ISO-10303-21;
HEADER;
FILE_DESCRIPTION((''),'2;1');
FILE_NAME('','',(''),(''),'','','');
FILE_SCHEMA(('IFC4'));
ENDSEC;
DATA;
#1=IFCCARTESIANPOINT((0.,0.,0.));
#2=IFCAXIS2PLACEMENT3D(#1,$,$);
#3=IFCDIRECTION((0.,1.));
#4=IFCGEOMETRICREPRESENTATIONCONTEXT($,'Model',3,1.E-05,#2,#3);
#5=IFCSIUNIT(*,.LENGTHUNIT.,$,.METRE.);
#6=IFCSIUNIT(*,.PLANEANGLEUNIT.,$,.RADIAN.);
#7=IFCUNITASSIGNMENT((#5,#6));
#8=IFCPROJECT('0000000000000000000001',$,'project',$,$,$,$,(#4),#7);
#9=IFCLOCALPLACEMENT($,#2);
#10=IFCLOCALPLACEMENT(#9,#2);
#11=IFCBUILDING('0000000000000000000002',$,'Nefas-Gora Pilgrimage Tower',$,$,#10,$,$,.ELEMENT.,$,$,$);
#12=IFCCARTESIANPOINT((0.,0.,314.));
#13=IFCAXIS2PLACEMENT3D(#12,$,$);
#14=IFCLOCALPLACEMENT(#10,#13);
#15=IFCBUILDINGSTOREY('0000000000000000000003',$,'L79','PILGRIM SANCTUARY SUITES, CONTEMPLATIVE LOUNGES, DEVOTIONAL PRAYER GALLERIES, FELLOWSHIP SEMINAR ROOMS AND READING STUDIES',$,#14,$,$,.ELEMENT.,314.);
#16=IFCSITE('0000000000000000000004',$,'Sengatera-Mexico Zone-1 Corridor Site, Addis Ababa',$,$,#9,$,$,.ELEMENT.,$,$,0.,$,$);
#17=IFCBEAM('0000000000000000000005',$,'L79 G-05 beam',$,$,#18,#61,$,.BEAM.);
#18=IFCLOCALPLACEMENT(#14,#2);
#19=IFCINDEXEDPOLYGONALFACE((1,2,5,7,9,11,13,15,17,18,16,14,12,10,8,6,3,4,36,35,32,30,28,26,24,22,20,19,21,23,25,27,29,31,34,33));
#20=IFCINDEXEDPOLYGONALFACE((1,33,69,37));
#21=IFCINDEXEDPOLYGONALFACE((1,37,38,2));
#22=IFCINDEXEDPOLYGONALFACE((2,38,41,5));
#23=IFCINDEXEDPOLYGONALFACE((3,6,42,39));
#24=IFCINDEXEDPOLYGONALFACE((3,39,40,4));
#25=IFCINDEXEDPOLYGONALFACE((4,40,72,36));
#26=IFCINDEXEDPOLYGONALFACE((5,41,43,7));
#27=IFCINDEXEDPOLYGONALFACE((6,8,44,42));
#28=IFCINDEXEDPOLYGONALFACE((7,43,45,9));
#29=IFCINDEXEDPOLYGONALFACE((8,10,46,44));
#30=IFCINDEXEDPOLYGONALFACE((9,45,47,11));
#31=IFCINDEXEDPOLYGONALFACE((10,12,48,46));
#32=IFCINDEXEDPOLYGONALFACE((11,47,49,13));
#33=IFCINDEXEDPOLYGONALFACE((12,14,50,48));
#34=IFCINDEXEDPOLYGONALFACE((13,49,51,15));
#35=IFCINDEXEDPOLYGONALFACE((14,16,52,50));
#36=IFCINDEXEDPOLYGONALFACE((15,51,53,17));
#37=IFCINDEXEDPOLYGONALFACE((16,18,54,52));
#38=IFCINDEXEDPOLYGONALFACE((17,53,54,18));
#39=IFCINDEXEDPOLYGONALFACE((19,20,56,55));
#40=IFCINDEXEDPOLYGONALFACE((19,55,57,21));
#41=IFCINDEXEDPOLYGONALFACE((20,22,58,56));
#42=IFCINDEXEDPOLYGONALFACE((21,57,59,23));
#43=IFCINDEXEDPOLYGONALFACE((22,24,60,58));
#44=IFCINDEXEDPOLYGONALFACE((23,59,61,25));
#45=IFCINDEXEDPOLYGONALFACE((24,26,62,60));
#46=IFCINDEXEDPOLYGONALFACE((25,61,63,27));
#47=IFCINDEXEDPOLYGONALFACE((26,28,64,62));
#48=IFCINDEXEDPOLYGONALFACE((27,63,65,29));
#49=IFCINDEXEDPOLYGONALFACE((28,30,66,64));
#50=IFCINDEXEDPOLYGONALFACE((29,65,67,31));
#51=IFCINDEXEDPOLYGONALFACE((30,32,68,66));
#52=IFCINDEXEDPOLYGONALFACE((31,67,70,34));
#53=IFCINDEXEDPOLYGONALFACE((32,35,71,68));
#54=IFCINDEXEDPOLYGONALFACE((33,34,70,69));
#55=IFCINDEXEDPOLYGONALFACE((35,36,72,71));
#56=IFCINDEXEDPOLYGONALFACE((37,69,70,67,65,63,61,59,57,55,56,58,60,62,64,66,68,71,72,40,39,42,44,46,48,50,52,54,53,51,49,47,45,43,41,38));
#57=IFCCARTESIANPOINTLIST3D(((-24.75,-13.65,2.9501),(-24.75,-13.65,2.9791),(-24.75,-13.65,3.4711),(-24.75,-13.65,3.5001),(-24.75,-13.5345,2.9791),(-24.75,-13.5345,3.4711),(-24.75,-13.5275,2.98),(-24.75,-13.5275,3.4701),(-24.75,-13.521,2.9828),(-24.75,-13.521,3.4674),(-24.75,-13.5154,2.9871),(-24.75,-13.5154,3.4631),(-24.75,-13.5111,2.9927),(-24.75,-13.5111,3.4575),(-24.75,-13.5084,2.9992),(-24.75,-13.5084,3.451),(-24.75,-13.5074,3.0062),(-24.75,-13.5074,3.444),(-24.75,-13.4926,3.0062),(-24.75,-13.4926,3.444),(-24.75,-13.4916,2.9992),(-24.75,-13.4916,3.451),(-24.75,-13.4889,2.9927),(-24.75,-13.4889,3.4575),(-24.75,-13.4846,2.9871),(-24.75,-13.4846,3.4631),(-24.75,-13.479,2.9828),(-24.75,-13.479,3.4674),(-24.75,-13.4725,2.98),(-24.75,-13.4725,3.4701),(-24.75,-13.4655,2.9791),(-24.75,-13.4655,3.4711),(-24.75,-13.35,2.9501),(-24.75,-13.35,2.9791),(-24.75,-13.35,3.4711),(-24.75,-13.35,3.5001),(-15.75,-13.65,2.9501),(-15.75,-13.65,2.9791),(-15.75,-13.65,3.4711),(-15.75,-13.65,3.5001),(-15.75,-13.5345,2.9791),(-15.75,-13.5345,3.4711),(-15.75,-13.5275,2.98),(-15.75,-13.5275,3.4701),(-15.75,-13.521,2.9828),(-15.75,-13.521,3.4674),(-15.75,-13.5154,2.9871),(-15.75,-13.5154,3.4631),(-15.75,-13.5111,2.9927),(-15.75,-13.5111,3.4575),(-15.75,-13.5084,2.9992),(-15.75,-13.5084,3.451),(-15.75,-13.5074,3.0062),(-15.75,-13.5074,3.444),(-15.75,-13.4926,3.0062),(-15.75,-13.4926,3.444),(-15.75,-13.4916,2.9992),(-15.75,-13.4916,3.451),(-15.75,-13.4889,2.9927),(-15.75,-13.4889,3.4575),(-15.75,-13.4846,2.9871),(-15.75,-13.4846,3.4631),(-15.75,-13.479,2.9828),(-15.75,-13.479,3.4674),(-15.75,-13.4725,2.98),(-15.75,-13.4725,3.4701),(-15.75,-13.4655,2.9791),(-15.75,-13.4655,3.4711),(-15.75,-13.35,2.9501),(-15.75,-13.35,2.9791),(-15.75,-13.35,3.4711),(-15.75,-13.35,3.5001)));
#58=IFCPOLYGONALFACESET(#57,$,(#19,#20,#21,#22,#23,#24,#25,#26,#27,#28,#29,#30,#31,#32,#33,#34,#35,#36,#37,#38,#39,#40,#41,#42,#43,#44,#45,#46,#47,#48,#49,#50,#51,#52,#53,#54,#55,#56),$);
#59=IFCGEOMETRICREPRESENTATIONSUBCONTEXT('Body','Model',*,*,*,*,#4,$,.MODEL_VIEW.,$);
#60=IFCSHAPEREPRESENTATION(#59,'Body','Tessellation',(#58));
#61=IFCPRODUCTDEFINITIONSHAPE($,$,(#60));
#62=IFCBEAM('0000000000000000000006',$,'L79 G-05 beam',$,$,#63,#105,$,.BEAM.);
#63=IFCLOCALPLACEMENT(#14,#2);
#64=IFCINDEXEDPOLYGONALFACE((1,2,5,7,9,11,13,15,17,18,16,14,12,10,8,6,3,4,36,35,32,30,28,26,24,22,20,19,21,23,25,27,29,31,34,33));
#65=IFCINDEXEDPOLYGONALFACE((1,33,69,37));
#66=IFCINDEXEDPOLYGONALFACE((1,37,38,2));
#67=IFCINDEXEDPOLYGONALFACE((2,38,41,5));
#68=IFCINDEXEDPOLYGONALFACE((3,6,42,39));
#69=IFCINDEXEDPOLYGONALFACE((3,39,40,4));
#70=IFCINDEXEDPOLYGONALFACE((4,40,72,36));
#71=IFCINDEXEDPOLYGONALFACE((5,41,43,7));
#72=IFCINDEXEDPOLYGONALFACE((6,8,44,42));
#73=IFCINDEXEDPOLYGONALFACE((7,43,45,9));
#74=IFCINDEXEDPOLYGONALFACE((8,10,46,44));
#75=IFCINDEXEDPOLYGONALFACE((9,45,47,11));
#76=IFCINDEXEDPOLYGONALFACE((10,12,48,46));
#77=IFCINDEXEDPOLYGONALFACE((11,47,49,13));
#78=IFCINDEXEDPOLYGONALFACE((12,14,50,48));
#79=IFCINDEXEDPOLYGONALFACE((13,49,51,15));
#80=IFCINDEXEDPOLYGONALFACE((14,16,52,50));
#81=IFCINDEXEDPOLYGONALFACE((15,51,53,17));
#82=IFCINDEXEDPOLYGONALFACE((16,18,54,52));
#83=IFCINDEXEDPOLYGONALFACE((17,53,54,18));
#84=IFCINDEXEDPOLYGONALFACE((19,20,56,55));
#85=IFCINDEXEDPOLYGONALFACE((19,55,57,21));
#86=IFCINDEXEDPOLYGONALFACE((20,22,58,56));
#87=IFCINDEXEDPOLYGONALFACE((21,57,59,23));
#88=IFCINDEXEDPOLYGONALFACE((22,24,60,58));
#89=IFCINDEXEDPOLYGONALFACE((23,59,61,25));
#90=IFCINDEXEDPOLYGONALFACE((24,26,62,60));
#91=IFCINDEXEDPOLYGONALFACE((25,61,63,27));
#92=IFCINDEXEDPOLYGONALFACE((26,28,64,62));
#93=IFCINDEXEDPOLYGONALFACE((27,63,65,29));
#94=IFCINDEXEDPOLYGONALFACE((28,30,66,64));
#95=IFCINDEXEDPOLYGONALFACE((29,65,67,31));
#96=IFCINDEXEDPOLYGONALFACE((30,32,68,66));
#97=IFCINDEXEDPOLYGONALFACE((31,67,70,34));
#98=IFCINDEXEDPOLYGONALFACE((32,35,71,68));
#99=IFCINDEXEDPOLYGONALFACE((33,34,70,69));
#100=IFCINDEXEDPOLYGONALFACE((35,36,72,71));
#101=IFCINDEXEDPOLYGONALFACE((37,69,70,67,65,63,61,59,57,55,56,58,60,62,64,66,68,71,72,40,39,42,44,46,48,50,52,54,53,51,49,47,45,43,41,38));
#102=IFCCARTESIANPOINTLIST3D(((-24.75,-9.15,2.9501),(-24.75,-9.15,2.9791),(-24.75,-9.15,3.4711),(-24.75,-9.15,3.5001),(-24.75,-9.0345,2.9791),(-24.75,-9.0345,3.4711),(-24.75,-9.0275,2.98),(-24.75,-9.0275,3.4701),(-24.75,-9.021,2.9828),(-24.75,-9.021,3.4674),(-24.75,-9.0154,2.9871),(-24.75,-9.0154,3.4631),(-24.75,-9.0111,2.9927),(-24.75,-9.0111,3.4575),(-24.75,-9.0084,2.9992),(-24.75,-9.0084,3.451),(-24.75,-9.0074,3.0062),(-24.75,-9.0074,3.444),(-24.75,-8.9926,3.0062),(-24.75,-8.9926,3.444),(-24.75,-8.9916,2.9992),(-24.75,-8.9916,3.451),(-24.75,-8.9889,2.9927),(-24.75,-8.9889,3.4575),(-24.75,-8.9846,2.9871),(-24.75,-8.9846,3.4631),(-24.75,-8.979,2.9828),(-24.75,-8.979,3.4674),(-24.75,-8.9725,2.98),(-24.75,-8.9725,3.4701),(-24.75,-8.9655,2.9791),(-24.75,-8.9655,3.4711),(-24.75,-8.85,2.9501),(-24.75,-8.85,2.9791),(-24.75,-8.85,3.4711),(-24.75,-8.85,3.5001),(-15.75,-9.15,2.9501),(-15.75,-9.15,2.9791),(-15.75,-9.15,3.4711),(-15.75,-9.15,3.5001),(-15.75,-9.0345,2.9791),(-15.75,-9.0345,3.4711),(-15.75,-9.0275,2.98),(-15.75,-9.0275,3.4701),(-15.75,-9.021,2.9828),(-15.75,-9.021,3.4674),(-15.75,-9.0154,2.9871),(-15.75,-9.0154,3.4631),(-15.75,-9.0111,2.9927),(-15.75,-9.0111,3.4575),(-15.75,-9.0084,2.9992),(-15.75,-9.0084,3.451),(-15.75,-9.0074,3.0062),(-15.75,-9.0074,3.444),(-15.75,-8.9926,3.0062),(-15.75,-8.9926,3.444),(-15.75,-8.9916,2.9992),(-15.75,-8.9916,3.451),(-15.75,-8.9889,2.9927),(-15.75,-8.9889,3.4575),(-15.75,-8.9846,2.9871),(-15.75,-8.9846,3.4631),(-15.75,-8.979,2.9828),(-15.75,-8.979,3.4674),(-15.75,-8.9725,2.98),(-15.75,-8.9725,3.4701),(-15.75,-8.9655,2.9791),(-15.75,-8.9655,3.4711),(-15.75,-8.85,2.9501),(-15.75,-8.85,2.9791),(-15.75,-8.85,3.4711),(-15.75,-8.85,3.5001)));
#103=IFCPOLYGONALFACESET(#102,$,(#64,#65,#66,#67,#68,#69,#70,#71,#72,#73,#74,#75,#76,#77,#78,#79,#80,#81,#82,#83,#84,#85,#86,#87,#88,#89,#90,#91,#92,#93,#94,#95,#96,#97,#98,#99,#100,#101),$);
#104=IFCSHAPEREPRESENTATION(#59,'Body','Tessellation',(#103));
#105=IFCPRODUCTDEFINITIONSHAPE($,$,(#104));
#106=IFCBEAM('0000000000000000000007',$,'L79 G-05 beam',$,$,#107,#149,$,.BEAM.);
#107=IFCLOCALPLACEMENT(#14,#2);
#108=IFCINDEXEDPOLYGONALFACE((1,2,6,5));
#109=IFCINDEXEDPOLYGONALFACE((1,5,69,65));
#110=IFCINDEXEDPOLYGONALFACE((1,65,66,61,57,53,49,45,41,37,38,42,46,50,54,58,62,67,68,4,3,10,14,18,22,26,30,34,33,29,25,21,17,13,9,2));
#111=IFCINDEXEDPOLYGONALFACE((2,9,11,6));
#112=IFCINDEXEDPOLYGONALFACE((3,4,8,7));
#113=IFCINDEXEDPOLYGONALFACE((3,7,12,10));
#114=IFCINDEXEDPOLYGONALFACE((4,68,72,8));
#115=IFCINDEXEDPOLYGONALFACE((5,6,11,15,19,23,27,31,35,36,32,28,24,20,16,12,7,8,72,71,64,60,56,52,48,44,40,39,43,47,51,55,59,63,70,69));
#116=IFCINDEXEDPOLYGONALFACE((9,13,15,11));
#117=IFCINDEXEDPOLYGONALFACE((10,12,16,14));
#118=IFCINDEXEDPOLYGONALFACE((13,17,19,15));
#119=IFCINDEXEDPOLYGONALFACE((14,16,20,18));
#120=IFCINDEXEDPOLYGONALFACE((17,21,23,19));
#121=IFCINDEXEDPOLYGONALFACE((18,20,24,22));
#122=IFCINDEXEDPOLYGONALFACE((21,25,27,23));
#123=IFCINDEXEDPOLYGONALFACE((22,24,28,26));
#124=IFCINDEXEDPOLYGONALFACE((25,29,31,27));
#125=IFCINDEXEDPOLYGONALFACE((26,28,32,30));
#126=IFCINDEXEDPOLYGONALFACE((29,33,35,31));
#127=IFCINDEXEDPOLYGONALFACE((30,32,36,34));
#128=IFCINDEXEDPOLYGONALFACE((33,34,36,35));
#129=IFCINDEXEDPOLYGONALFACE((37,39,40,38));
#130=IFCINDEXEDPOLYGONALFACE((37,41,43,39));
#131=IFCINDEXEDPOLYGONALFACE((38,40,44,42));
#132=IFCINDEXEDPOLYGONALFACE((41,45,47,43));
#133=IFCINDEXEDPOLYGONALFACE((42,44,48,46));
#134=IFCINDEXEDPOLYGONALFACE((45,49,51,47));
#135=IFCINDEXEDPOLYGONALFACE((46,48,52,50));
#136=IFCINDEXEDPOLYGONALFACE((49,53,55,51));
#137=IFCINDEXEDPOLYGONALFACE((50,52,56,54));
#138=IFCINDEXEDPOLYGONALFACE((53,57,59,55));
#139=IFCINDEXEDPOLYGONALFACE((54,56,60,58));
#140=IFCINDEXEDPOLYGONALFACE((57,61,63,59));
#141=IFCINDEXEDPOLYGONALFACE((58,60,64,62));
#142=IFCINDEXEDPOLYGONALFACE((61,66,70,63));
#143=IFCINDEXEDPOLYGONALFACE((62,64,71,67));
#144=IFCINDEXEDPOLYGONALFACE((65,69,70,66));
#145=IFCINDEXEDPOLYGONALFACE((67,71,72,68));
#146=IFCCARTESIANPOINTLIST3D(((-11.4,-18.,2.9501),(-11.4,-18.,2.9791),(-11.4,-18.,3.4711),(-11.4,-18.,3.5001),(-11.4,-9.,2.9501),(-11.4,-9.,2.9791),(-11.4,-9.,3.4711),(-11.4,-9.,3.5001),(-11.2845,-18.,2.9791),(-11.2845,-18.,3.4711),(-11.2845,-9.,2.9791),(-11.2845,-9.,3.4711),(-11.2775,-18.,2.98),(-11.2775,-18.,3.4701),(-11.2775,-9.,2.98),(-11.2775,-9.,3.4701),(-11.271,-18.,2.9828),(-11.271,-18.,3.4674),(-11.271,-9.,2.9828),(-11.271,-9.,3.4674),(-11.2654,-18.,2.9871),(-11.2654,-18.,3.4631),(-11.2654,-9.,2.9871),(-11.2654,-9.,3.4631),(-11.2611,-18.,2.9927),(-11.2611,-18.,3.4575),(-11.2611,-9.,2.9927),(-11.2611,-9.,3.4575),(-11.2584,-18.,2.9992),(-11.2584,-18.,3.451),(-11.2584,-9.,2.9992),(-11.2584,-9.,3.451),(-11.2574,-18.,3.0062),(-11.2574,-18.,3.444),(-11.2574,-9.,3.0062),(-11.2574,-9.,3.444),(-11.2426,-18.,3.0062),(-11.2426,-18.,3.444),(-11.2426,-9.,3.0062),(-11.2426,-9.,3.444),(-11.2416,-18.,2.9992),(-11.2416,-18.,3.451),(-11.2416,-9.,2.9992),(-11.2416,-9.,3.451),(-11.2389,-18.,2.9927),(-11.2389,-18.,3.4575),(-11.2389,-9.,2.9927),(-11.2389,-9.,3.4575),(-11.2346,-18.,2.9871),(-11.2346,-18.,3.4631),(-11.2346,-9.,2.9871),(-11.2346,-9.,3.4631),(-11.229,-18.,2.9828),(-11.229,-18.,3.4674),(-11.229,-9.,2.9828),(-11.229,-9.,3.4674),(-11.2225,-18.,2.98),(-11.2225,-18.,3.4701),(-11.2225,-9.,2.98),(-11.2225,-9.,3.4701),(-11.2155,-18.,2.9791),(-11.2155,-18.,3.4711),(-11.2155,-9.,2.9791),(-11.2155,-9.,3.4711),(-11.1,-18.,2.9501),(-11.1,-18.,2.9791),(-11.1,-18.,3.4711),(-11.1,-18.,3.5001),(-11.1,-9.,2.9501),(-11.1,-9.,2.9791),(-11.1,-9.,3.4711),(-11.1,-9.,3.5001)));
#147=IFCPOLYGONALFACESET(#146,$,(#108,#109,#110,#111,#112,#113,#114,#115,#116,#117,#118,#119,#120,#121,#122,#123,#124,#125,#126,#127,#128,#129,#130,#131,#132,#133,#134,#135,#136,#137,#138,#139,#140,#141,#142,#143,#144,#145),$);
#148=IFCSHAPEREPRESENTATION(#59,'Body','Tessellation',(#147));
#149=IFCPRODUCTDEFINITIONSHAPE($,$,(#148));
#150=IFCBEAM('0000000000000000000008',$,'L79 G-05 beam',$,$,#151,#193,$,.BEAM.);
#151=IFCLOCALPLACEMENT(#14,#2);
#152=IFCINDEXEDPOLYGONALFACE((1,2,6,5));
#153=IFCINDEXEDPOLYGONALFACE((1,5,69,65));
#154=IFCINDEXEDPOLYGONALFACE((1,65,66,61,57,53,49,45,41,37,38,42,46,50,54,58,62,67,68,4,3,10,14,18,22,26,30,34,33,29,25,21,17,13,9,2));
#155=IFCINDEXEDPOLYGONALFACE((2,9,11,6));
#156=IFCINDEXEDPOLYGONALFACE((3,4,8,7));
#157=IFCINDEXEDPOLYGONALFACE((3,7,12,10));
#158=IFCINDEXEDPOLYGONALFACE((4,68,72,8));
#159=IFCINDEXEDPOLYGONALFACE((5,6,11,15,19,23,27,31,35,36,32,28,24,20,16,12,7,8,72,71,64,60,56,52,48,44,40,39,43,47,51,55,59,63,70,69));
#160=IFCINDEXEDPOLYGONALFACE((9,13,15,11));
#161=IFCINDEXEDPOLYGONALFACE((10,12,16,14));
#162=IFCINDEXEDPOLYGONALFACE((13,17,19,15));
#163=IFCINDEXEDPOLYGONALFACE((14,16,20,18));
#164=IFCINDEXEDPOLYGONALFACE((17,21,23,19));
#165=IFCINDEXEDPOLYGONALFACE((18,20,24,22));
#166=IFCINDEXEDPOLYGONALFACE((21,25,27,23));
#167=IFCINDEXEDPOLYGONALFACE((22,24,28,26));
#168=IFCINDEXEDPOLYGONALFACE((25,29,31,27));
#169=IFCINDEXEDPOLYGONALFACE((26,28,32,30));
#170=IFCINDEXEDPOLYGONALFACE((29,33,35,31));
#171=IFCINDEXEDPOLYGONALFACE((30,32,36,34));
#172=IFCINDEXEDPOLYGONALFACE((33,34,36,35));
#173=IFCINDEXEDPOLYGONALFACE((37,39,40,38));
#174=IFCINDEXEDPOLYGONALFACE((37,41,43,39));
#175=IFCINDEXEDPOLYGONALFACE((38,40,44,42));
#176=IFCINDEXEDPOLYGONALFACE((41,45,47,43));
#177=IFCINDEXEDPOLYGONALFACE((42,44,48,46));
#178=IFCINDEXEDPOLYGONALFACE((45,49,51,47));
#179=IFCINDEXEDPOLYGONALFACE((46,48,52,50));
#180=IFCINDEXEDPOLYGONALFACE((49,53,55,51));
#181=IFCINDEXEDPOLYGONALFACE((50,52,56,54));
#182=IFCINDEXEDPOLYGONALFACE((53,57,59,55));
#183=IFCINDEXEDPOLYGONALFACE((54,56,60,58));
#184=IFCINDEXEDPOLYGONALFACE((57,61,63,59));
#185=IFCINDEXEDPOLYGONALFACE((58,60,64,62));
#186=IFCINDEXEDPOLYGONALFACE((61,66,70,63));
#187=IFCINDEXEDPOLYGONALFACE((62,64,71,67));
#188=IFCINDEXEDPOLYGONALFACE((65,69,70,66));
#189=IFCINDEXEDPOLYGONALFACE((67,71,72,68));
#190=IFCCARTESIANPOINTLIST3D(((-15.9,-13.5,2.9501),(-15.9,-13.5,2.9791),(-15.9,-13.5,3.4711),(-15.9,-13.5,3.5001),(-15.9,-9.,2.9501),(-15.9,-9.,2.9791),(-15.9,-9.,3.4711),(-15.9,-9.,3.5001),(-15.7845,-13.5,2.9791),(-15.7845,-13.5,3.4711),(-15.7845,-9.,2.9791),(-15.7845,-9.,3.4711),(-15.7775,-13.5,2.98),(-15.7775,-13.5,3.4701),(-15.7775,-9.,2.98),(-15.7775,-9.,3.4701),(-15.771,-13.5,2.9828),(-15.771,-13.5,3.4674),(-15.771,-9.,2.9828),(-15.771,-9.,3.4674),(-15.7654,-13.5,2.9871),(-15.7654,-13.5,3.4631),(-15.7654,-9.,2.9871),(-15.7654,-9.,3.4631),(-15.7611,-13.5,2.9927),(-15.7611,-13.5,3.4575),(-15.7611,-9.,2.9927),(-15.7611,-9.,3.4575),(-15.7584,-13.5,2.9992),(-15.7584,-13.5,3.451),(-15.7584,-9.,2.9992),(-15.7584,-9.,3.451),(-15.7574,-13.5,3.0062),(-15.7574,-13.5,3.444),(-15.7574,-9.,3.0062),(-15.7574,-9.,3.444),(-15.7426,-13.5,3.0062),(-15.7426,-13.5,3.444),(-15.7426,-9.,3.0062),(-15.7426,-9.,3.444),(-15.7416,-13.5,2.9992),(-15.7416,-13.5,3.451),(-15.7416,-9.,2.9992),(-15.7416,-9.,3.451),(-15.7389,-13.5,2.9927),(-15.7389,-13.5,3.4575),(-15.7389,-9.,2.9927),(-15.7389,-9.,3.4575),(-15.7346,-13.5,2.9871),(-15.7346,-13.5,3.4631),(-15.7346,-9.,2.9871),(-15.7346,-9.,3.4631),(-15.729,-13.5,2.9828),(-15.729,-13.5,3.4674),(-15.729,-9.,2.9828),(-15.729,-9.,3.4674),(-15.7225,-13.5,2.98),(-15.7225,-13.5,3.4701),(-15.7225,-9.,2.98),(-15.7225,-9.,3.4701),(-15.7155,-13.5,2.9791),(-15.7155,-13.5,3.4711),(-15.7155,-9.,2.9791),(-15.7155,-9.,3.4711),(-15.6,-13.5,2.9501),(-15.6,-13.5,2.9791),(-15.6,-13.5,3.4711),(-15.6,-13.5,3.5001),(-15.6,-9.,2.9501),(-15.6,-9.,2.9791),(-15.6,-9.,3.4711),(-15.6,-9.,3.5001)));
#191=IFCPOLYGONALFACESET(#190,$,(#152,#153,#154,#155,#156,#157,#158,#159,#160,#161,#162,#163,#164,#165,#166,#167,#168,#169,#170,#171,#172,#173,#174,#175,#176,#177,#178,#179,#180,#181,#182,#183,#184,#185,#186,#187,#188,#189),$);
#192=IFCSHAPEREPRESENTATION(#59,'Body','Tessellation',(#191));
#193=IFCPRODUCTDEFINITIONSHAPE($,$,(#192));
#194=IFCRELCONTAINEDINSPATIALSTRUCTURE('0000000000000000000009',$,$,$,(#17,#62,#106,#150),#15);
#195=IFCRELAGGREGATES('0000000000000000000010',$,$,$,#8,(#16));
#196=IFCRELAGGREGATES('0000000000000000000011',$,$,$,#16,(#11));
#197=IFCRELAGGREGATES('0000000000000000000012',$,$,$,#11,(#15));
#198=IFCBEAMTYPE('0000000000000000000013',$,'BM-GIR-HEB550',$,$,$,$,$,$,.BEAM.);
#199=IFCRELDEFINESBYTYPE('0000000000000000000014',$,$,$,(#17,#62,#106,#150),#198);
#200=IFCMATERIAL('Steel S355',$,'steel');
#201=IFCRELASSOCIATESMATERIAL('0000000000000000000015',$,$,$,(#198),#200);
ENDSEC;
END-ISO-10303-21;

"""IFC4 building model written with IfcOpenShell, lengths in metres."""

from ifc_helpers import new_model, si_unit, direction, frame, origin, origin_2d, place, context, subcontext, project, spatial, i_section, extrude, source, transform, mapped, material, material_profile, profile_set, type_object, element, save


model = new_model("IFC4")

# Units and contexts
model_context = context("Model", 3, precision=1e-05, world=origin(), true_north=direction((0.0, 1.0)))
body_context = subcontext(model_context, "Body", "Model", "MODEL_VIEW")
ifc_project = project(units=[si_unit("LENGTHUNIT", "METRE"), si_unit("PLANEANGLEUNIT", "RADIAN")], contexts=[model_context])

# Site, building, storey
site_placement = place(None, origin())
site = spatial("IfcSite", under=ifc_project, at=site_placement, Name="Sengatera-Mexico Zone-1 Corridor Site, Addis Ababa", CompositionType="ELEMENT", RefElevation=0.0)
building_placement = place(site_placement, origin())
building = spatial("IfcBuilding", under=site, at=building_placement, Name="Nefas-Gora Pilgrimage Tower", CompositionType="ELEMENT")
storey_placement = place(building_placement, frame((0.0, 0.0, 314.0)))
storey = spatial("IfcBuildingStorey", under=building, at=storey_placement, Name="L79", Description="PILGRIM SANCTUARY SUITES, CONTEMPLATIVE LOUNGES, DEVOTIONAL PRAYER GALLERIES, FELLOWSHIP SEMINAR ROOMS AND READING STUDIES", CompositionType="ELEMENT", Elevation=314.0)

# Shared definitions
ifc_material_1 = material(Name="Steel S355", Category="steel")

# Beams
ifc_material_profile_1 = material_profile(ifc_material_1, i_section(OverallWidth=0.3, OverallDepth=0.55, WebThickness=0.0149, FlangeThickness=0.0291, FilletRadius=0.0271, at=origin_2d()), Name="HEB 550")
ifc_profile_set_1 = profile_set([ifc_material_profile_1], Name="Steel S355")
beam_type_1 = type_object("IfcBeamType", Name="BM-GIR-HEB550", PredefinedType="BEAM", material=ifc_profile_set_1)
shared_shape_1 = source(origin(), body_context, "Body", "SweptSolid", [
    extrude(i_section(OverallWidth=0.3, OverallDepth=0.55, WebThickness=0.0149, FlangeThickness=0.0291, FilletRadius=0.0271, at=origin_2d()), origin(), (0.0, 0.0, 1.0), 9.0),
])
for number, where, z_axis, x_axis, name in (
    (1, (-24.75, -13.5, 3.2251), (1.0, 0.0, 0.0), (0.0, 1.0, 0.0), "L79 G-05 beam"),
    (2, (-24.75, -9.0, 3.2251), (1.0, 0.0, 0.0), (0.0, 1.0, 0.0), "L79 G-05 beam"),
    (3, (-11.25, -18.0, 3.2251), (0.0, 1.0, 0.0), (-1.0, 0.0, 0.0), "L79 G-05 beam"),
):
    element("IfcBeam", number, at=place(storey_placement, frame(where, z_axis=z_axis, x_axis=x_axis)), inside=storey, type_object=beam_type_1, Name=name, PredefinedType="BEAM", context=body_context, shape_type="MappedRepresentation", body=[
        mapped(shared_shape_1, transform((0.0, 0.0, 0.0), x_axis=(1.0, 0.0, 0.0), y_axis=(0.0, 1.0, 0.0), z_axis=(0.0, 0.0, 1.0), scale=1.0)),
    ])
shared_shape_2 = source(origin(), body_context, "Body", "SweptSolid", [
    extrude(i_section(OverallWidth=0.3, OverallDepth=0.55, WebThickness=0.0149, FlangeThickness=0.0291, FilletRadius=0.0271, at=origin_2d()), origin(), (0.0, 0.0, 1.0), 4.5),
])
for number, where, z_axis, x_axis, name in (
    (4, (-15.75, -13.5, 3.2251), (0.0, 1.0, 0.0), (-1.0, 0.0, 0.0), "L79 G-05 beam"),
):
    element("IfcBeam", number, at=place(storey_placement, frame(where, z_axis=z_axis, x_axis=x_axis)), inside=storey, type_object=beam_type_1, Name=name, PredefinedType="BEAM", context=body_context, shape_type="MappedRepresentation", body=[
        mapped(shared_shape_2, transform((0.0, 0.0, 0.0), x_axis=(1.0, 0.0, 0.0), y_axis=(0.0, 1.0, 0.0), z_axis=(0.0, 0.0, 1.0), scale=1.0)),
    ])

save(model, "model.ifc")
